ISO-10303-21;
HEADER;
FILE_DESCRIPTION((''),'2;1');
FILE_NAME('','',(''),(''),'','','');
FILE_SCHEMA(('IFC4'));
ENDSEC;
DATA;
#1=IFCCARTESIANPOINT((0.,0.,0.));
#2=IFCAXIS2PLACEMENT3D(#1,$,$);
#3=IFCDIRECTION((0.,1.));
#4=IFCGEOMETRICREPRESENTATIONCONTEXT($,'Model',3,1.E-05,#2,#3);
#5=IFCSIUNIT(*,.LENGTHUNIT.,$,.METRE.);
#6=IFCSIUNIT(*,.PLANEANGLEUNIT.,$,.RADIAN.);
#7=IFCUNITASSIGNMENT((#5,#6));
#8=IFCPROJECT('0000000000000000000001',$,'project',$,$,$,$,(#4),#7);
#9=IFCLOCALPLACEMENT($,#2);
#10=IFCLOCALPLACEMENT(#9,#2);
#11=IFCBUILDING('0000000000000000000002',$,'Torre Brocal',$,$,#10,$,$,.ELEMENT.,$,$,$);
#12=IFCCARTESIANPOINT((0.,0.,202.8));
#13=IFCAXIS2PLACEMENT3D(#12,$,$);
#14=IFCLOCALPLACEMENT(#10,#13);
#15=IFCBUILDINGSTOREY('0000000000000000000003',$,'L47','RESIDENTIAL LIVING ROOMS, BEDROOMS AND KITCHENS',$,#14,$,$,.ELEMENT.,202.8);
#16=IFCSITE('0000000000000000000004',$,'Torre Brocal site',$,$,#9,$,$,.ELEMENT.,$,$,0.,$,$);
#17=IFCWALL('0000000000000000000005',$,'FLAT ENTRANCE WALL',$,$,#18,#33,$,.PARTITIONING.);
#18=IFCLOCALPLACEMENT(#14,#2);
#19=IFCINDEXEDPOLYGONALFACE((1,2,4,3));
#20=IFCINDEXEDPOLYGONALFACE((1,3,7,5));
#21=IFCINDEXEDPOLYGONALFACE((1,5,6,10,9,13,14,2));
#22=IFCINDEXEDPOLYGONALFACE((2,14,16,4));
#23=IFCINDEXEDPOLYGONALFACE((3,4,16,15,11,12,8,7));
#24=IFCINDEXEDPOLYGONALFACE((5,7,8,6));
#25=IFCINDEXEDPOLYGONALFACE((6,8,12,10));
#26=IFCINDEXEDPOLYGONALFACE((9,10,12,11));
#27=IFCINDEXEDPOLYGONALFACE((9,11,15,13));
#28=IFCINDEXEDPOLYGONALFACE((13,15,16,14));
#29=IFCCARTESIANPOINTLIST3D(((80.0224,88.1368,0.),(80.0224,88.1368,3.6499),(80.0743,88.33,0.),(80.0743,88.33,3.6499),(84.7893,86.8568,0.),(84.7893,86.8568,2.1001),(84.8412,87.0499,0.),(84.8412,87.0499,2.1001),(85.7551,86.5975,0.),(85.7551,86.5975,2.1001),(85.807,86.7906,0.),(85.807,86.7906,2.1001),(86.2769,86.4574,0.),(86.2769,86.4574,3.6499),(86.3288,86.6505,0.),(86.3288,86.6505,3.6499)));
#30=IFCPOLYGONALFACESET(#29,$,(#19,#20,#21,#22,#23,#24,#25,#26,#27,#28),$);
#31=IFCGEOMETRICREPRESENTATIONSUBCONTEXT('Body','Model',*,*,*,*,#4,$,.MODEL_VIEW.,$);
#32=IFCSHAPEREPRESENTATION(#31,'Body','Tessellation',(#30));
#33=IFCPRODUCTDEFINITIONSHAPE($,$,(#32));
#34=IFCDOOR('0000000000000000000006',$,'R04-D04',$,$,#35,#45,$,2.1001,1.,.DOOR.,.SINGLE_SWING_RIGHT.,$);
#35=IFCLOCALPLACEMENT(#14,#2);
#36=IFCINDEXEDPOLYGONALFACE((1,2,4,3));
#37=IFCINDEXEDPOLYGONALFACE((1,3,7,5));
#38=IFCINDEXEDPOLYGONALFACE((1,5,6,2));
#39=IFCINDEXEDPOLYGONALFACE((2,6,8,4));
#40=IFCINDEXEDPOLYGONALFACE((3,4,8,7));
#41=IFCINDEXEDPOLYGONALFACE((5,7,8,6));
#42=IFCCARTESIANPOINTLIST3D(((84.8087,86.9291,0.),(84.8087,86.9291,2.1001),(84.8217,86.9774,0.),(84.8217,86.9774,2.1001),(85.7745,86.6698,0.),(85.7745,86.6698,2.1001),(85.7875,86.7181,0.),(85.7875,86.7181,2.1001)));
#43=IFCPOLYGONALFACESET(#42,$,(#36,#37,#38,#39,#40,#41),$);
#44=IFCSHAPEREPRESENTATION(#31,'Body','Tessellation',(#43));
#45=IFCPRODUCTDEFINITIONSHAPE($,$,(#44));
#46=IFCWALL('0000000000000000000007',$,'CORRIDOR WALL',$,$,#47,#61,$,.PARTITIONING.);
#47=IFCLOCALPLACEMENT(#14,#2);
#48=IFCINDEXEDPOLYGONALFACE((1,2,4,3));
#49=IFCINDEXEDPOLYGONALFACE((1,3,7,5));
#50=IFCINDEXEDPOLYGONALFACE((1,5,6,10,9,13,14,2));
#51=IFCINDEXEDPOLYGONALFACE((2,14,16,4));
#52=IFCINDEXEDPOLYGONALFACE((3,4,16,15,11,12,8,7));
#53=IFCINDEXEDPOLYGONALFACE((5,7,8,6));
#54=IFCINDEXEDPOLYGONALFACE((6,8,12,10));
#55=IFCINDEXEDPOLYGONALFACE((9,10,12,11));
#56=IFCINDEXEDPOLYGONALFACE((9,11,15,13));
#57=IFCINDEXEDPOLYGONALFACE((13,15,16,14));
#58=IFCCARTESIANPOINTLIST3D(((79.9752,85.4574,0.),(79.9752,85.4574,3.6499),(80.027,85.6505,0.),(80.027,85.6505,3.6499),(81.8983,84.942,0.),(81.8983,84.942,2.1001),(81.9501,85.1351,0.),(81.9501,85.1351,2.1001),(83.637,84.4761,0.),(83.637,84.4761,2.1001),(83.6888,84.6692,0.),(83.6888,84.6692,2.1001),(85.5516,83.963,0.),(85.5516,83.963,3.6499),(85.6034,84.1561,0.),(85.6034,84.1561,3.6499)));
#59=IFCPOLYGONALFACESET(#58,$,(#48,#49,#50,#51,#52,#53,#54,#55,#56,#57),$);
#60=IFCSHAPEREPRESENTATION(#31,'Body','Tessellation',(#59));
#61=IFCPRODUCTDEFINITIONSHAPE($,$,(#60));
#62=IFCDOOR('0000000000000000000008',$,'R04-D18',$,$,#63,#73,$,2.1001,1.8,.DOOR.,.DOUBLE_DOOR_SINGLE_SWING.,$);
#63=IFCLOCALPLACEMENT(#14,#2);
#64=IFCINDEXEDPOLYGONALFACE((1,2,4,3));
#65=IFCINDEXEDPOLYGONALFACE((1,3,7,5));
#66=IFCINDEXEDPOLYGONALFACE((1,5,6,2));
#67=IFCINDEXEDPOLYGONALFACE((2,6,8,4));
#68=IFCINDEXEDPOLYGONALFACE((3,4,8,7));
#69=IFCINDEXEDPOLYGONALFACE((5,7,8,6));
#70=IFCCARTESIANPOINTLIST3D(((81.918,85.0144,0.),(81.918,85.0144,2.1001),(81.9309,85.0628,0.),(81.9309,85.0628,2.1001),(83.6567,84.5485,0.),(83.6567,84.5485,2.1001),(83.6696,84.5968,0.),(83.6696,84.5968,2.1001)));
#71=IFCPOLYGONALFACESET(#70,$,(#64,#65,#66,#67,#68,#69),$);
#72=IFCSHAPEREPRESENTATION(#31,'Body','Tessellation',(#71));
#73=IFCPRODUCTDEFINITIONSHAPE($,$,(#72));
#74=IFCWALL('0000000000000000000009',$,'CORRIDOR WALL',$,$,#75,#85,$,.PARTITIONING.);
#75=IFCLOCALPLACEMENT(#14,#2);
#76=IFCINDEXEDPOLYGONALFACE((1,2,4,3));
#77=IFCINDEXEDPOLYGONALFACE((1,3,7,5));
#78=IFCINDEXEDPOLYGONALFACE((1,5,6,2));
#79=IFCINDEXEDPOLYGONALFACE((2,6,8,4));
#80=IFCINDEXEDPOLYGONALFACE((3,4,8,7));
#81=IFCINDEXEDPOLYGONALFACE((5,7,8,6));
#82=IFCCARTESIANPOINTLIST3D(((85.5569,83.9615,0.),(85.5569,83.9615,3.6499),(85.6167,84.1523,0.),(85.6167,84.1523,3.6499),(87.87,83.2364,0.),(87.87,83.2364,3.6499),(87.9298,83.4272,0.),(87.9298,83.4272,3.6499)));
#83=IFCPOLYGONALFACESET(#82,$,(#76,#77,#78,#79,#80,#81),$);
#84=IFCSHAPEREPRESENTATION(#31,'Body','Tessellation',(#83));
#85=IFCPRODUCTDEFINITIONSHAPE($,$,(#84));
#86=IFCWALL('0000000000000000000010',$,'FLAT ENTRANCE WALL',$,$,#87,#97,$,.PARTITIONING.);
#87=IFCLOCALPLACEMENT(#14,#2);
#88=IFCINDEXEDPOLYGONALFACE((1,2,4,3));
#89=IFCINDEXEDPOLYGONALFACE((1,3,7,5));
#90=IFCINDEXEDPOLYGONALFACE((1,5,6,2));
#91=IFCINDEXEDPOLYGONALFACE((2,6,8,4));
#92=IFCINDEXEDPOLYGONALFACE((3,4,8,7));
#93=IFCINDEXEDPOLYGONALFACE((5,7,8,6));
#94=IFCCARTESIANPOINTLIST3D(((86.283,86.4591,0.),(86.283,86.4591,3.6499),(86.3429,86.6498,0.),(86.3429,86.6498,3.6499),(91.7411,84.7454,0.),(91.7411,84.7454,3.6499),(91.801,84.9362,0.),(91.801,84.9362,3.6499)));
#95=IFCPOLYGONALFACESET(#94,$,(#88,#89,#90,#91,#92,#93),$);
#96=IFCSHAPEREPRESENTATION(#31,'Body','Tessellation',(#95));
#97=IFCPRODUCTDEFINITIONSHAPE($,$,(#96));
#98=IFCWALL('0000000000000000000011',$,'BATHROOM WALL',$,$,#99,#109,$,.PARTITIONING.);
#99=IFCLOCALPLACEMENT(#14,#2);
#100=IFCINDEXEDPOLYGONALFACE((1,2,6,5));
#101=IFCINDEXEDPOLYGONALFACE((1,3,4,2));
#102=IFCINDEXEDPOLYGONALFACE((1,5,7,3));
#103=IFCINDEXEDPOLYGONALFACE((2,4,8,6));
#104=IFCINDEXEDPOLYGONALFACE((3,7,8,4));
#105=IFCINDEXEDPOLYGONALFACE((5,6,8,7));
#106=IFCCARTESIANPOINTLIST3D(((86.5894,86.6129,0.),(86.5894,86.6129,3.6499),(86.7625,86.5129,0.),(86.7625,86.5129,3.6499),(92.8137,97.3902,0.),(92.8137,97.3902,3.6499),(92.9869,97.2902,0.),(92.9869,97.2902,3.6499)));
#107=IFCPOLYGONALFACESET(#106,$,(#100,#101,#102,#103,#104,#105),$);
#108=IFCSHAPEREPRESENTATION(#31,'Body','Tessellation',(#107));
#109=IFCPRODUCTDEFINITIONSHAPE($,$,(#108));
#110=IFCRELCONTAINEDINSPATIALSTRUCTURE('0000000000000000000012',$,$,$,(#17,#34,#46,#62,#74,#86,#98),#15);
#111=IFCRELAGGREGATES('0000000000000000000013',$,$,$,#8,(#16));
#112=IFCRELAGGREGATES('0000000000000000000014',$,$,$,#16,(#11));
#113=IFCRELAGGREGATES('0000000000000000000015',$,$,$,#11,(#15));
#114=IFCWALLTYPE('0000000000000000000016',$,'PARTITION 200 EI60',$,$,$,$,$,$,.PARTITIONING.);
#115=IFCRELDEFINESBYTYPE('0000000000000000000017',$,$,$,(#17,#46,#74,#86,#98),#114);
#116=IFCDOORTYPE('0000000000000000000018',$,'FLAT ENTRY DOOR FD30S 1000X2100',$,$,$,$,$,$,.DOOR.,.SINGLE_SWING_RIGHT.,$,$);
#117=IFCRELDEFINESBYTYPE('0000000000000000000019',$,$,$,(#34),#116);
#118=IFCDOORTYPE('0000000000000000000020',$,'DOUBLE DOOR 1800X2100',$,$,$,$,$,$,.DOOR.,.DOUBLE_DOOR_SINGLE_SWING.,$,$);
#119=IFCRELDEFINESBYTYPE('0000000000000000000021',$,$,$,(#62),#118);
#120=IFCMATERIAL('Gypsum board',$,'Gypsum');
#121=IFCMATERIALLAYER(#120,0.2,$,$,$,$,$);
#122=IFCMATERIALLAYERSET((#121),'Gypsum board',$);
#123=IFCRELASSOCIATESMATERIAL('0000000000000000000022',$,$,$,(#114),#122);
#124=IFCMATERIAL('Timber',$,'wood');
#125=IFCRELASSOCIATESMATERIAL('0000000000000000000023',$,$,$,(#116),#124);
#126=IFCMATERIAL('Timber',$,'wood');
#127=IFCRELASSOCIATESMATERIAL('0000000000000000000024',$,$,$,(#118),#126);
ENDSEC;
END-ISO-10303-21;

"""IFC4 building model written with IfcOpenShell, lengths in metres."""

from ifc_helpers import new_model, si_unit, direction, frame, frame_2d, origin, place, context, subcontext, project, spatial, rectangle, extrude, material, layer, layer_set, type_object, element, fill, save


model = new_model("IFC4")

# Units and contexts
model_context = context("Model", 3, precision=1e-05, world=origin(), true_north=direction((0.0, 1.0)))
body_context = subcontext(model_context, "Body", "Model", "MODEL_VIEW")
ifc_project = project(units=[si_unit("LENGTHUNIT", "METRE"), si_unit("PLANEANGLEUNIT", "RADIAN")], contexts=[model_context])

# Site, building, storey
site_placement = place(None, origin())
site = spatial("IfcSite", under=ifc_project, at=site_placement, Name="Torre Brocal site", CompositionType="ELEMENT", RefElevation=0.0)
building_placement = place(site_placement, origin())
building = spatial("IfcBuilding", under=site, at=building_placement, Name="Torre Brocal", CompositionType="ELEMENT")
storey_placement = place(building_placement, frame((0.0, 0.0, 202.8)))
storey = spatial("IfcBuildingStorey", under=building, at=storey_placement, Name="L47", Description="RESIDENTIAL LIVING ROOMS, BEDROOMS AND KITCHENS", CompositionType="ELEMENT", Elevation=202.8)

# Shared definitions
ifc_material_1 = material(Name="Gypsum board", Category="Gypsum")
ifc_layer_1 = layer(ifc_material_1, 0.2)
ifc_layer_set_1 = layer_set([ifc_layer_1], Name="Gypsum board")
wall_type_1 = type_object("IfcWallType", Name="PARTITION 200 EI60", PredefinedType="PARTITIONING", material=ifc_layer_set_1)

# Walls, openings, doors
wall_1_placement = place(storey_placement, frame((80.0483, 88.2334, 0.0), z_axis=(0.0, 0.0, 1.0), x_axis=(0.965787, -0.259335, 0.0)))
wall_1 = element("IfcWall", 1, at=wall_1_placement, inside=storey, type_object=wall_type_1, Name="FLAT ENTRANCE WALL", PredefinedType="PARTITIONING", context=body_context, shape_type="SweptSolid", body=[
    extrude(rectangle(XDim=6.4761, YDim=0.2, at=frame_2d((3.238, 0.0))), origin(), (0.0, 0.0, 1.0), 3.6499),
])
opening_1_placement = place(wall_1_placement, frame((4.9358, 0.0, 0.0)))
opening_1 = element("IfcOpeningElement", 2, at=opening_1_placement, cuts=wall_1, PredefinedType="OPENING", context=body_context, shape_type="SweptSolid", body=[
    extrude(rectangle(XDim=1.0, YDim=2.1001, at=frame_2d((0.5, 1.05))), frame((0.0, 0.1099, 0.0), z_axis=(0.0, -1.0, 0.0), x_axis=(1.0, 0.0, 0.0)), (0.0, 0.0, 1.0), 0.22),
])
ifc_material_2 = material(Name="Timber", Category="wood")
door_type_1 = type_object("IfcDoorType", Name="FLAT ENTRY DOOR FD30S 1000X2100", OperationType="SINGLE_SWING_RIGHT", PredefinedType="DOOR", material=ifc_material_2)
door_1_placement = place(opening_1_placement, origin())
door_1 = element("IfcDoor", 3, at=door_1_placement, inside=storey, type_object=door_type_1, Name="R04-D04", OperationType="SINGLE_SWING_RIGHT", OverallHeight=2.1001, OverallWidth=1.0, PredefinedType="DOOR", context=body_context, shape_type="SweptSolid", body=[
    extrude(rectangle(XDim=1.0, YDim=2.1001, at=frame_2d((0.5, 1.05))), frame((0.0, 0.0249, 0.0), z_axis=(0.0, -1.0, 0.0), x_axis=(1.0, 0.0, 0.0)), (0.0, 0.0, 1.0), 0.05),
])
fill(opening_1, door_1)
wall_2_placement = place(storey_placement, frame((80.001, 85.554, 0.0), z_axis=(0.0, 0.0, 1.0), x_axis=(0.965918, -0.25885, 0.0)))
wall_2 = element("IfcWall", 4, at=wall_2_placement, inside=storey, type_object=wall_type_1, Name="CORRIDOR WALL", PredefinedType="PARTITIONING", context=body_context, shape_type="SweptSolid", body=[
    extrude(rectangle(XDim=5.7732, YDim=0.2, at=frame_2d((2.8867, 0.0))), origin(), (0.0, 0.0, 1.0), 3.6499),
])
opening_2_placement = place(wall_2_placement, frame((1.9912, 0.0, 0.0)))
opening_2 = element("IfcOpeningElement", 5, at=opening_2_placement, cuts=wall_2, PredefinedType="OPENING", context=body_context, shape_type="SweptSolid", body=[
    extrude(rectangle(XDim=1.8, YDim=2.1001, at=frame_2d((0.8999, 1.05))), frame((0.0, 0.1099, 0.0), z_axis=(0.0, -1.0, 0.0), x_axis=(1.0, 0.0, 0.0)), (0.0, 0.0, 1.0), 0.22),
])
ifc_material_3 = material(Name="Timber", Category="wood")
door_type_2 = type_object("IfcDoorType", Name="DOUBLE DOOR 1800X2100", OperationType="DOUBLE_DOOR_SINGLE_SWING", PredefinedType="DOOR", material=ifc_material_3)
door_2_placement = place(opening_2_placement, frame((1.8, 0.0, 0.0), z_axis=(0.0, 0.0, 1.0), x_axis=(-1.0, 0.0, 0.0)))
door_2 = element("IfcDoor", 6, at=door_2_placement, inside=storey, type_object=door_type_2, Name="R04-D18", OperationType="DOUBLE_DOOR_SINGLE_SWING", OverallHeight=2.1001, OverallWidth=1.8, PredefinedType="DOOR", context=body_context, shape_type="SweptSolid", body=[
    extrude(rectangle(XDim=1.8, YDim=2.1001, at=frame_2d((0.8999, 1.05))), frame((0.0, 0.0249, 0.0), z_axis=(0.0, -1.0, 0.0), x_axis=(1.0, 0.0, 0.0)), (0.0, 0.0, 1.0), 0.05),
])
fill(opening_2, door_2)

# Walls
wall_3_placement = place(storey_placement, frame((85.5869, 84.0569, 0.0), z_axis=(0.0, 0.0, 1.0), x_axis=(0.954211, -0.299135, 0.0)))
element("IfcWall", 7, at=wall_3_placement, inside=storey, type_object=wall_type_1, Name="CORRIDOR WALL", PredefinedType="PARTITIONING", context=body_context, shape_type="SweptSolid", body=[
    extrude(rectangle(XDim=2.4241, YDim=0.2, at=frame_2d((1.2119, 0.0))), origin(), (0.0, 0.0, 1.0), 3.6499),
])
wall_4_placement = place(storey_placement, frame((86.313, 86.5544, 0.0), z_axis=(0.0, 0.0, 1.0), x_axis=(0.954081, -0.299548, 0.0)))
element("IfcWall", 8, at=wall_4_placement, inside=storey, type_object=wall_type_1, Name="FLAT ENTRANCE WALL", PredefinedType="PARTITIONING", context=body_context, shape_type="SweptSolid", body=[
    extrude(rectangle(XDim=5.7207, YDim=0.2, at=frame_2d((2.8604, 0.0))), origin(), (0.0, 0.0, 1.0), 3.6499),
])
wall_5_placement = place(storey_placement, frame((86.676, 86.563, 0.0), z_axis=(0.0, 0.0, 1.0), x_axis=(0.500124, 0.865954, 0.0)))
element("IfcWall", 9, at=wall_5_placement, inside=storey, type_object=wall_type_1, Name="BATHROOM WALL", PredefinedType="PARTITIONING", context=body_context, shape_type="SweptSolid", body=[
    extrude(rectangle(XDim=12.4456, YDim=0.2, at=frame_2d((6.2227, 0.0))), origin(), (0.0, 0.0, 1.0), 3.6499),
])

save(model, "model.ifc")
